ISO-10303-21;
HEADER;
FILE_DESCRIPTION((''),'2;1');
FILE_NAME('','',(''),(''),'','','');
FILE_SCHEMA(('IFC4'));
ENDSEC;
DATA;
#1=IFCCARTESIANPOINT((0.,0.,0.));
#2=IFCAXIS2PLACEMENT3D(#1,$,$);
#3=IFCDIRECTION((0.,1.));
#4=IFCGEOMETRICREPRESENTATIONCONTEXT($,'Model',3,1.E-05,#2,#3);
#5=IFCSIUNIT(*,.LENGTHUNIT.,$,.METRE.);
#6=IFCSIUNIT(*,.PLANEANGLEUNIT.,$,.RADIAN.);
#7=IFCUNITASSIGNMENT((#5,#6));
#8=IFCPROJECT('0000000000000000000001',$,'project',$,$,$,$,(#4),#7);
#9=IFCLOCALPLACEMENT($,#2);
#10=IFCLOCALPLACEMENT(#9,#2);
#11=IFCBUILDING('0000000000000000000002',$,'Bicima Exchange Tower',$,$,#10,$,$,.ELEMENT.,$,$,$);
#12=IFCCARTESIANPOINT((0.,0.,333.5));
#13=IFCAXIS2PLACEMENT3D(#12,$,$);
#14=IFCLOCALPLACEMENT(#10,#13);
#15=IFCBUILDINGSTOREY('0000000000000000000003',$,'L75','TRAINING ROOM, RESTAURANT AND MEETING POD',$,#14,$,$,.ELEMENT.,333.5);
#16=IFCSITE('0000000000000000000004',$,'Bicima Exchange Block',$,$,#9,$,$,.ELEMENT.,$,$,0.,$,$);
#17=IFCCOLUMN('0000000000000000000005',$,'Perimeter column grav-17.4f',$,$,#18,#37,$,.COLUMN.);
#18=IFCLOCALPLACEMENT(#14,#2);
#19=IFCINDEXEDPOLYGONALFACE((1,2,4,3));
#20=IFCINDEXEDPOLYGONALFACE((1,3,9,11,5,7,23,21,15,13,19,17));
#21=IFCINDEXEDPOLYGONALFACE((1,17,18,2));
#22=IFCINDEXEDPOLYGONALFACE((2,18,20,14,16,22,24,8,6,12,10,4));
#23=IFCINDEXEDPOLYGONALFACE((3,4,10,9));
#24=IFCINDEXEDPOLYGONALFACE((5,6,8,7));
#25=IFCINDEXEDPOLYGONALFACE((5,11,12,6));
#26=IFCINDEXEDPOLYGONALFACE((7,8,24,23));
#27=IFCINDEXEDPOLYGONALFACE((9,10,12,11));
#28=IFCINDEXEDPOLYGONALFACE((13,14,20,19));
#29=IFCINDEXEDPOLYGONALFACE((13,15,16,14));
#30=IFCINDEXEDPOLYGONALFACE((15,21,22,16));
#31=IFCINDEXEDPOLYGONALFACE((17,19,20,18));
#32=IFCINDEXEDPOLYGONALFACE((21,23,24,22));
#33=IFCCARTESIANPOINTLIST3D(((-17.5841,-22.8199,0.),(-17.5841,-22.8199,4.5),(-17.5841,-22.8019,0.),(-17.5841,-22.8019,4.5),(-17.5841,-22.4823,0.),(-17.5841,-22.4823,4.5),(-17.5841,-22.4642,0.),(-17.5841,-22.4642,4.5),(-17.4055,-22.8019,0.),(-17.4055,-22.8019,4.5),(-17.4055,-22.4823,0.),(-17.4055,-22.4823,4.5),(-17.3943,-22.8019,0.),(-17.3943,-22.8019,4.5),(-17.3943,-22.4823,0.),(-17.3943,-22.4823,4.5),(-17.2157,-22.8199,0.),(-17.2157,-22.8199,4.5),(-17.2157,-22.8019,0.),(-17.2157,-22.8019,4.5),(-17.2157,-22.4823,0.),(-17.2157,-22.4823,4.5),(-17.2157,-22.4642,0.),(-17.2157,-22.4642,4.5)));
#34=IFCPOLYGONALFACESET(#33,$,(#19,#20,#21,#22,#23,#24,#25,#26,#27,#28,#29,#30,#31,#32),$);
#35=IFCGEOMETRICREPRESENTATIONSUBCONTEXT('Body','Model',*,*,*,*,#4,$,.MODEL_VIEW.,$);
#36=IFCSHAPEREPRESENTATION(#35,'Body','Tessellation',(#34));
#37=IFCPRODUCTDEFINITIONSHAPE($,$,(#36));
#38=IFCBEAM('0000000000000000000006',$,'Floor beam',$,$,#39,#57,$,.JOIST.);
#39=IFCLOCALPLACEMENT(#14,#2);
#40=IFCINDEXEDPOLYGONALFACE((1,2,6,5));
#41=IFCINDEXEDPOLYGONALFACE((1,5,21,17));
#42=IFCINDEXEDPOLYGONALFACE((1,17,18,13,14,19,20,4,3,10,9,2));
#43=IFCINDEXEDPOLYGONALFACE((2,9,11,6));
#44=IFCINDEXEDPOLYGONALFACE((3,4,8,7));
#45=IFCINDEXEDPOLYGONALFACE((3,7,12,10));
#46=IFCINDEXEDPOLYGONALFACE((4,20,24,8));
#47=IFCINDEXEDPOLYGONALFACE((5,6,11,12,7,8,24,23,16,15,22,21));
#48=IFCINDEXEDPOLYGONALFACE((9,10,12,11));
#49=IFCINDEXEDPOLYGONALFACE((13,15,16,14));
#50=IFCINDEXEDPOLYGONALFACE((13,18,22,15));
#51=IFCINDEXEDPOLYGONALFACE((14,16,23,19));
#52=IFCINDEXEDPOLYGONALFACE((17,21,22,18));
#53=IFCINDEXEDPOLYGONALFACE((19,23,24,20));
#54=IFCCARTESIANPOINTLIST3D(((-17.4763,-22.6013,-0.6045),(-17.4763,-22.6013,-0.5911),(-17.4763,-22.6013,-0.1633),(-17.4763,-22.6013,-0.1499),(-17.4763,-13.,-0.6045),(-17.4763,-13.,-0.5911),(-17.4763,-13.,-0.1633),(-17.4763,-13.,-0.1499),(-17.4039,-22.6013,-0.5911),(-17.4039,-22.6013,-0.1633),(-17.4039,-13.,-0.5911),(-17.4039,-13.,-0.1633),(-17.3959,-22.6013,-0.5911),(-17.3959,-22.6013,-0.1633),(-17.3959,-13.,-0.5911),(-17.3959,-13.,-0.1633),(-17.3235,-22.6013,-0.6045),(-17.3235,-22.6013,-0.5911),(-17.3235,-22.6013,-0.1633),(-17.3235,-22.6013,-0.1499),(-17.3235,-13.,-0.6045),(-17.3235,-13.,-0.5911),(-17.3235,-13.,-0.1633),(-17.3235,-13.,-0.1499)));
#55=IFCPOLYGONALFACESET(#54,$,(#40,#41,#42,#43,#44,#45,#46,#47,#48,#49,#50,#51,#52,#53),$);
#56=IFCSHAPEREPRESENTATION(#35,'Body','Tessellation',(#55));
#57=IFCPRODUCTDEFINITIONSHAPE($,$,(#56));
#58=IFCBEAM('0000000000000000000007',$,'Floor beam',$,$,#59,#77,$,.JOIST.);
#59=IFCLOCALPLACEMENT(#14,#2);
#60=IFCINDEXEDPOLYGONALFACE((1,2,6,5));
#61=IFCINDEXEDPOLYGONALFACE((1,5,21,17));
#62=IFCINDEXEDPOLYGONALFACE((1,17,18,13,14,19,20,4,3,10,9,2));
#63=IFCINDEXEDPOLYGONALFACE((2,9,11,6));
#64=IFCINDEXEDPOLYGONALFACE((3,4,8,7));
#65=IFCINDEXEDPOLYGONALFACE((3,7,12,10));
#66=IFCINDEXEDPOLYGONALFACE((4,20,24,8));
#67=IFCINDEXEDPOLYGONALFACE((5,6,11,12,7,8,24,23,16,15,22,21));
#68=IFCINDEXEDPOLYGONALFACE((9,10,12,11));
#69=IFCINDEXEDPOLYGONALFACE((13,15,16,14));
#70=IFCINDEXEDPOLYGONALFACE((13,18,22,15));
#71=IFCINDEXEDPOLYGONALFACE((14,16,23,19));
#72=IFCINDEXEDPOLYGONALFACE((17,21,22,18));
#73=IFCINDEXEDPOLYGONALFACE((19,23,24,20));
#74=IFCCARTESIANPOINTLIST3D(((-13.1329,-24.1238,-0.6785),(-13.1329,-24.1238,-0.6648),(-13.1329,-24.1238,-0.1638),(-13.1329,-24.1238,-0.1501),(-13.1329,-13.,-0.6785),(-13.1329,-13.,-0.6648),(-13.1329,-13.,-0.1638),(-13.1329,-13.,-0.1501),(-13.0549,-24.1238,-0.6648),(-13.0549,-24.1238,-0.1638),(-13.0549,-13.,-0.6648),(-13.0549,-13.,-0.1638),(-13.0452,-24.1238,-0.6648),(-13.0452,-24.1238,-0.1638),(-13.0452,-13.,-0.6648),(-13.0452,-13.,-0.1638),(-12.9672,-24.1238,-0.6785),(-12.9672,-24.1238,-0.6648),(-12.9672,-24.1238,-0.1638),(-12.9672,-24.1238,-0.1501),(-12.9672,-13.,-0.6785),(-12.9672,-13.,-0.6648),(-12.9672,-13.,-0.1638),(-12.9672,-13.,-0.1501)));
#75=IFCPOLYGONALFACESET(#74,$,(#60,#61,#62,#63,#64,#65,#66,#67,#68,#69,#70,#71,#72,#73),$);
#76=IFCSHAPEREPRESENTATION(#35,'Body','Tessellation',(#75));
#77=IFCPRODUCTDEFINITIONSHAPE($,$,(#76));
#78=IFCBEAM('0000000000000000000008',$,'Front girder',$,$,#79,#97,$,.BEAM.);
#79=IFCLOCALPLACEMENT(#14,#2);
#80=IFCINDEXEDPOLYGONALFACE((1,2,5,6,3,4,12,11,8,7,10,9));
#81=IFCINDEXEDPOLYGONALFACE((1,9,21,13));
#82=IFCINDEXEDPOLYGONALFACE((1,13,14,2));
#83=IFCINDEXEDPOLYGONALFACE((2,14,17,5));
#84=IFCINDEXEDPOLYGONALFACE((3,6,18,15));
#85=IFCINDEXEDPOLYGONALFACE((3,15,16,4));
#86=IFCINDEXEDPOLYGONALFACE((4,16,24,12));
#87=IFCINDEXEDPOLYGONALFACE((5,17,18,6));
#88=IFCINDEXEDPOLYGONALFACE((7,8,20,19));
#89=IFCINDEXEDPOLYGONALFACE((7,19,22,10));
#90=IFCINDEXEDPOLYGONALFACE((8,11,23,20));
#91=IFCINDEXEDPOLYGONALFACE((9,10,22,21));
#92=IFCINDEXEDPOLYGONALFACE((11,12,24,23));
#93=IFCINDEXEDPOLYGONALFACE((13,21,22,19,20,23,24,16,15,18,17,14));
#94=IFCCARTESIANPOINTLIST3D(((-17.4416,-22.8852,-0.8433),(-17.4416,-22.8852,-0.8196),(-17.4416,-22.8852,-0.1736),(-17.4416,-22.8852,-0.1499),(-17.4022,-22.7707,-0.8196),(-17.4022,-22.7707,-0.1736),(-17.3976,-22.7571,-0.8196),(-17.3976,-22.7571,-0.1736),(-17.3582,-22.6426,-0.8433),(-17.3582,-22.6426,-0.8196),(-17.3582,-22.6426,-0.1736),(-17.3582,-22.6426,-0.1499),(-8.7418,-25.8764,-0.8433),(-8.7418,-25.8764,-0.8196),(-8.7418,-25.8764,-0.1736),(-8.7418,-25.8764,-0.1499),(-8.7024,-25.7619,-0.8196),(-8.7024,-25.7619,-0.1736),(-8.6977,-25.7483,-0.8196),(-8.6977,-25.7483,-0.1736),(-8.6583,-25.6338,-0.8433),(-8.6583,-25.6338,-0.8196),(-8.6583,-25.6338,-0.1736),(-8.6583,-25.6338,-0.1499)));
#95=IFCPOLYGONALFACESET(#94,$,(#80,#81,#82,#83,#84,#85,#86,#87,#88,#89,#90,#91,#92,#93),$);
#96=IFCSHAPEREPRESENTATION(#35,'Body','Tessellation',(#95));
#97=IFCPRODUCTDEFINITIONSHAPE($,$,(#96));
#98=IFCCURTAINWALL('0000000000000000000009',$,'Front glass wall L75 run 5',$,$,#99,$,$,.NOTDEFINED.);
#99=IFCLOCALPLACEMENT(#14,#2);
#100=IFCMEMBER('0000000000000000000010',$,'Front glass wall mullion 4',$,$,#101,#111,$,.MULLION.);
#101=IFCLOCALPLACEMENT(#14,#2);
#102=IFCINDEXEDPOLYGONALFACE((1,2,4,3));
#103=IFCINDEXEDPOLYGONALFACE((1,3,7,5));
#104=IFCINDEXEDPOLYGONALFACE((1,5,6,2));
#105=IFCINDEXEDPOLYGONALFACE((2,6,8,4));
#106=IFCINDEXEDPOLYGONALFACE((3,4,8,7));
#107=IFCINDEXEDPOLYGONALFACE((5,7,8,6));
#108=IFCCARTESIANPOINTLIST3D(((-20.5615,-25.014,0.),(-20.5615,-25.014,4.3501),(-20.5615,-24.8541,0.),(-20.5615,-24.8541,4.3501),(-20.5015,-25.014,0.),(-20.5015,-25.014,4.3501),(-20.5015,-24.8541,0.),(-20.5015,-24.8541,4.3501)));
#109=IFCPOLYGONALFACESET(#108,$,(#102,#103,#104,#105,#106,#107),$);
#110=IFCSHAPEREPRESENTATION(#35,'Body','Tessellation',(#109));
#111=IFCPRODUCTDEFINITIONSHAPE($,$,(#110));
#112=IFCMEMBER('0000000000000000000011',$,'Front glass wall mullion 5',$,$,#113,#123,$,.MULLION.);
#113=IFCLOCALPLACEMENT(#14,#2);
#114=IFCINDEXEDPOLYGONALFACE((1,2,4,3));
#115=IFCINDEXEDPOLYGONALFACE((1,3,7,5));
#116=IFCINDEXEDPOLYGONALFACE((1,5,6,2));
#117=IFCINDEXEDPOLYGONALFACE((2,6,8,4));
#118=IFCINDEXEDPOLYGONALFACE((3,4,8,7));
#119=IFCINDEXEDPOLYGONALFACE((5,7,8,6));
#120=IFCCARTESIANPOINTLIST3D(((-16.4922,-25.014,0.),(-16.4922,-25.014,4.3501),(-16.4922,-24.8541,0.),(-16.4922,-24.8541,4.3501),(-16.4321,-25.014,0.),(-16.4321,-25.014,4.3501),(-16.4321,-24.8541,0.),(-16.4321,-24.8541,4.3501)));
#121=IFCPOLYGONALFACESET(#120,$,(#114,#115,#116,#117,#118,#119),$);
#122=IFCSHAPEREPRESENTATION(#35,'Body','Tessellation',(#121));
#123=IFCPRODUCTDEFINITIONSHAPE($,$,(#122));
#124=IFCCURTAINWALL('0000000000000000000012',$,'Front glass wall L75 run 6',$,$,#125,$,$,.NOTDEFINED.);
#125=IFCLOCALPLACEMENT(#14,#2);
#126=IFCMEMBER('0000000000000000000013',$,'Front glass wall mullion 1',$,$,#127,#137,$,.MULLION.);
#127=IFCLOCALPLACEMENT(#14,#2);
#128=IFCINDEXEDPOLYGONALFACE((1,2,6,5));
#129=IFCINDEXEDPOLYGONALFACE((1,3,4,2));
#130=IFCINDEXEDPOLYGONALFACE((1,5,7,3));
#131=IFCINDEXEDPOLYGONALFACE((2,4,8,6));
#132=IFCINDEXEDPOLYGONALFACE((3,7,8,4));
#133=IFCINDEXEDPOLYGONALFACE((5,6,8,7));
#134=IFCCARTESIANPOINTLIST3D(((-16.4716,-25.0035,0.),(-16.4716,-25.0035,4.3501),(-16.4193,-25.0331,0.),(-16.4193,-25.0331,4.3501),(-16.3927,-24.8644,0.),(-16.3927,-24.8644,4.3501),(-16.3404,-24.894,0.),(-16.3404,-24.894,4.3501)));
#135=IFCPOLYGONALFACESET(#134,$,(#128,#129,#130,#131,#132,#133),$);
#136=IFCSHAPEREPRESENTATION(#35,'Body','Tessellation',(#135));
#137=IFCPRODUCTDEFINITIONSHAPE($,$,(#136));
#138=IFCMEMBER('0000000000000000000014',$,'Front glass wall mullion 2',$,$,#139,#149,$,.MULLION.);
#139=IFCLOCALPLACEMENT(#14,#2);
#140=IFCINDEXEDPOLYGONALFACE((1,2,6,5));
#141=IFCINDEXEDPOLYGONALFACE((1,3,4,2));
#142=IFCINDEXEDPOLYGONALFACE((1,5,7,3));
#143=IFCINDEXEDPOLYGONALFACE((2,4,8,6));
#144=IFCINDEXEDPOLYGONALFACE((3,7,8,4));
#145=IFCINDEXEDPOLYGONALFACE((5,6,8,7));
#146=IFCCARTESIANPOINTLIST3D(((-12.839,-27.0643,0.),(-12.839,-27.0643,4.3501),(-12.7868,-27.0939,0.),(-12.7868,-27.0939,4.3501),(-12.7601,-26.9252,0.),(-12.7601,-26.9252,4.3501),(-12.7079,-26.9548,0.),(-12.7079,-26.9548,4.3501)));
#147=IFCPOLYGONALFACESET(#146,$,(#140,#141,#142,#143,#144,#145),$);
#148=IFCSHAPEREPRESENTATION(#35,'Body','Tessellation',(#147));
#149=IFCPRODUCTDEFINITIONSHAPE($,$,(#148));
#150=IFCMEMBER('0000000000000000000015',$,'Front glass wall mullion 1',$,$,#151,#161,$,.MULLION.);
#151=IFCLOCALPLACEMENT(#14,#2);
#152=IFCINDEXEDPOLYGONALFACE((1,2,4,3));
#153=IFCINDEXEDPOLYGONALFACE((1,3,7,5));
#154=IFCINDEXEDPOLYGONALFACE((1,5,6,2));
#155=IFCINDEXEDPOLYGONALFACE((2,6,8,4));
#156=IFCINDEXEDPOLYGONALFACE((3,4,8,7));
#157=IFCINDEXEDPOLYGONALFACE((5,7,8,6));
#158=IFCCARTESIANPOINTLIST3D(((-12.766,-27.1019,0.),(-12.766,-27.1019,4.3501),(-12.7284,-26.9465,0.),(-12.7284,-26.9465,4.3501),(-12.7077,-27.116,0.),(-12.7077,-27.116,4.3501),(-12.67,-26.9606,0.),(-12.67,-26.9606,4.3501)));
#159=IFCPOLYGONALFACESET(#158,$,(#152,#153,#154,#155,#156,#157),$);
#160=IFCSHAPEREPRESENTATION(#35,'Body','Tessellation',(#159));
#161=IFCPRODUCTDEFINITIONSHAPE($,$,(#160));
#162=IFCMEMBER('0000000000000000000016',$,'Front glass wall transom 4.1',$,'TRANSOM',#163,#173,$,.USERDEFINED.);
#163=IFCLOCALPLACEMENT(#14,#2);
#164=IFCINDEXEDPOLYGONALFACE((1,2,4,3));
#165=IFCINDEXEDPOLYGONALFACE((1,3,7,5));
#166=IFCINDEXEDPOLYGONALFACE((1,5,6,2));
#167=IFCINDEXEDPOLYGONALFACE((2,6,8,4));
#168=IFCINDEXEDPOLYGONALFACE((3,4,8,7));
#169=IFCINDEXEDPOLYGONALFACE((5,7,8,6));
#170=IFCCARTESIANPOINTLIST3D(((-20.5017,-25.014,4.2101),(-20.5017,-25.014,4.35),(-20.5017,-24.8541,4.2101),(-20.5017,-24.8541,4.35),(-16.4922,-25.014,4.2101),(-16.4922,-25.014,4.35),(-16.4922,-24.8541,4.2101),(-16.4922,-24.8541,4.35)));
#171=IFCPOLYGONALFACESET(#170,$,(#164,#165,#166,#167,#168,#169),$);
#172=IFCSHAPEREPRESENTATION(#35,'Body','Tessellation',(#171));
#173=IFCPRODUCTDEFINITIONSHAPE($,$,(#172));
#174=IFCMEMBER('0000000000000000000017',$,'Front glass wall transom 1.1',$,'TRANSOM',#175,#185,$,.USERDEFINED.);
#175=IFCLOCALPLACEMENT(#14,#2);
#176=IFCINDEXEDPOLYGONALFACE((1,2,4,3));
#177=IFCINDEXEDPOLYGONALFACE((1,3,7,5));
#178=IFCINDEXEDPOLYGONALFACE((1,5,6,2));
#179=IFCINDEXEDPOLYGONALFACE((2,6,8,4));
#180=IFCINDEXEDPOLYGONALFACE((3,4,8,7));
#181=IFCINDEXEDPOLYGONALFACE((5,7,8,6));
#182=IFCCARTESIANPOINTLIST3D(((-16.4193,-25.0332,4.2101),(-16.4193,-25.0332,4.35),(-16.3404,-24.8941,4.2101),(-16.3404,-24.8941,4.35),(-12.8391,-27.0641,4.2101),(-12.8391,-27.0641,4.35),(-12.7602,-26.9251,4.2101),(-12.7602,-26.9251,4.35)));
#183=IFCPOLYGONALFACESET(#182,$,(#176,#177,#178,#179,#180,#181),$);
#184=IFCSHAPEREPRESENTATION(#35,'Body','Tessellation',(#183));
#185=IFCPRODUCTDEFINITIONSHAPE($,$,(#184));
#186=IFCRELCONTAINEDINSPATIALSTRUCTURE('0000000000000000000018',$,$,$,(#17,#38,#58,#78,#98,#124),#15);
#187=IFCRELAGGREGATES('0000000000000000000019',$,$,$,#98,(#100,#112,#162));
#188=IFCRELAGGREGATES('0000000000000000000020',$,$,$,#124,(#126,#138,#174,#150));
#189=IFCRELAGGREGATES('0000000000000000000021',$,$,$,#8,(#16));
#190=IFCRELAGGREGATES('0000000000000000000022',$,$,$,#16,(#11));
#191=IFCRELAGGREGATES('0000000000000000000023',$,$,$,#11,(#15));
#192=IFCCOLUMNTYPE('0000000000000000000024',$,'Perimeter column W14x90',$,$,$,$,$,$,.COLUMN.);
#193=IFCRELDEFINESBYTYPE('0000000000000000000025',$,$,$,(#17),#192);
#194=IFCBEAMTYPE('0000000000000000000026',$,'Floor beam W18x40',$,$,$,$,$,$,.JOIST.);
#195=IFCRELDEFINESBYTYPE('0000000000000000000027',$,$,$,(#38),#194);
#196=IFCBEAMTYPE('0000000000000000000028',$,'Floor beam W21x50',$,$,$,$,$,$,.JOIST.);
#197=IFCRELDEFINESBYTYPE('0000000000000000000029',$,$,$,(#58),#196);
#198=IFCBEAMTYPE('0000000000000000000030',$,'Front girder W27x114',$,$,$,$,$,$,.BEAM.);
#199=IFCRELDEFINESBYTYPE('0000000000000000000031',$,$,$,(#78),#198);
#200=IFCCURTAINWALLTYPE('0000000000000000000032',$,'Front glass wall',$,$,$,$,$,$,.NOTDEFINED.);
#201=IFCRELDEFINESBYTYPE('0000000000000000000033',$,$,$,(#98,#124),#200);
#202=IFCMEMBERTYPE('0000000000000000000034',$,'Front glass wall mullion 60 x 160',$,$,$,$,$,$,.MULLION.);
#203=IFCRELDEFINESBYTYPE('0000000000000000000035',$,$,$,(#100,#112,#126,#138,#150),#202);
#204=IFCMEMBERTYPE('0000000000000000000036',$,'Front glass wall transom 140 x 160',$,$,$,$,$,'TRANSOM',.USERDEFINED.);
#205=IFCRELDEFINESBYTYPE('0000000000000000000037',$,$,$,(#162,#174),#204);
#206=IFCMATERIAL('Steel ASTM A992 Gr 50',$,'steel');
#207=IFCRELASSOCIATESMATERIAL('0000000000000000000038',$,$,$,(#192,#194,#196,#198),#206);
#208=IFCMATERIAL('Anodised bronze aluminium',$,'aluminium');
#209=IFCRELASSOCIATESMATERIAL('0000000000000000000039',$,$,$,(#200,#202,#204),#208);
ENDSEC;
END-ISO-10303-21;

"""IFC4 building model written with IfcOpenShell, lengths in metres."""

from ifc_helpers import new_model, si_unit, direction, frame, origin, origin_2d, place, context, subcontext, project, spatial, rectangle, i_section, extrude, material, material_profile, profile_set, type_object, element, aggregate, save


model = new_model("IFC4")

# Units and contexts
model_context = context("Model", 3, precision=1e-05, world=origin(), true_north=direction((0.0, 1.0)))
body_context = subcontext(model_context, "Body", "Model", "MODEL_VIEW")
ifc_project = project(units=[si_unit("LENGTHUNIT", "METRE"), si_unit("PLANEANGLEUNIT", "RADIAN")], contexts=[model_context])

# Site, building, storey
site_placement = place(None, origin())
site = spatial("IfcSite", under=ifc_project, at=site_placement, Name="Bicima Exchange Block", CompositionType="ELEMENT", RefElevation=0.0)
building_placement = place(site_placement, origin())
building = spatial("IfcBuilding", under=site, at=building_placement, Name="Bicima Exchange Tower", CompositionType="ELEMENT")
storey_placement = place(building_placement, frame((0.0, 0.0, 333.5)))
storey = spatial("IfcBuildingStorey", under=building, at=storey_placement, Name="L75", Description="TRAINING ROOM, RESTAURANT AND MEETING POD", CompositionType="ELEMENT", Elevation=333.5)

# Column
ifc_material_1 = material(Name="Steel ASTM A992 Gr 50", Category="steel")
ifc_material_profile_1 = material_profile(ifc_material_1, i_section(OverallWidth=0.3684, OverallDepth=0.3557, WebThickness=0.0112, FlangeThickness=0.0181, at=origin_2d()))
ifc_profile_set_1 = profile_set([ifc_material_profile_1], Name="Steel ASTM A992 Gr 50")
column_type = type_object("IfcColumnType", Name="Perimeter column W14x90", PredefinedType="COLUMN", material=ifc_profile_set_1)
column_placement = place(storey_placement, frame((-17.3999, -22.6421, 0.0), z_axis=(0.0, 0.0, 1.0), x_axis=(1.0, 0.0, 0.0)))
element("IfcColumn", 1, at=column_placement, inside=storey, type_object=column_type, Name="Perimeter column grav-17.4f", PredefinedType="COLUMN", context=body_context, shape_type="SweptSolid", body=[
    extrude(i_section(OverallWidth=0.3684, OverallDepth=0.3557, WebThickness=0.0112, FlangeThickness=0.0181, at=origin_2d()), origin(), (0.0, 0.0, 1.0), 4.5),
])

# Beams
ifc_material_profile_2 = material_profile(ifc_material_1, i_section(OverallWidth=0.1528, OverallDepth=0.4546, WebThickness=0.0081, FlangeThickness=0.0134, at=origin_2d()))
ifc_profile_set_2 = profile_set([ifc_material_profile_2], Name="Steel ASTM A992 Gr 50")
beam_type_1 = type_object("IfcBeamType", Name="Floor beam W18x40", PredefinedType="JOIST", material=ifc_profile_set_2)
beam_1_placement = place(storey_placement, frame((-17.3999, -13.0, -0.3772), z_axis=(0.0, -1.0, 0.0), x_axis=(1.0, 0.0, 0.0)))
element("IfcBeam", 2, at=beam_1_placement, inside=storey, type_object=beam_type_1, Name="Floor beam", PredefinedType="JOIST", context=body_context, shape_type="SweptSolid", body=[
    extrude(i_section(OverallWidth=0.1528, OverallDepth=0.4546, WebThickness=0.0081, FlangeThickness=0.0134, at=origin_2d()), origin(), (0.0, 0.0, 1.0), 9.6013),
])
ifc_material_profile_3 = material_profile(ifc_material_1, i_section(OverallWidth=0.1658, OverallDepth=0.5283, WebThickness=0.0098, FlangeThickness=0.0137, at=origin_2d()))
ifc_profile_set_3 = profile_set([ifc_material_profile_3], Name="Steel ASTM A992 Gr 50")
beam_type_2 = type_object("IfcBeamType", Name="Floor beam W21x50", PredefinedType="JOIST", material=ifc_profile_set_3)
beam_2_placement = place(storey_placement, frame((-13.05, -13.0, -0.4143), z_axis=(0.0, -1.0, 0.0), x_axis=(1.0, 0.0, 0.0)))
element("IfcBeam", 3, at=beam_2_placement, inside=storey, type_object=beam_type_2, Name="Floor beam", PredefinedType="JOIST", context=body_context, shape_type="SweptSolid", body=[
    extrude(i_section(OverallWidth=0.1658, OverallDepth=0.5283, WebThickness=0.0098, FlangeThickness=0.0137, at=origin_2d()), origin(), (0.0, 0.0, 1.0), 11.1238),
])
ifc_material_profile_4 = material_profile(ifc_material_1, i_section(OverallWidth=0.2566, OverallDepth=0.6934, WebThickness=0.0144, FlangeThickness=0.0237, at=origin_2d()))
ifc_profile_set_4 = profile_set([ifc_material_profile_4], Name="Steel ASTM A992 Gr 50")
beam_type_3 = type_object("IfcBeamType", Name="Front girder W27x114", PredefinedType="BEAM", material=ifc_profile_set_4)
beam_3_placement = place(storey_placement, frame((-17.3999, -22.7639, -0.4966), z_axis=(0.945666, -0.325138, 0.0), x_axis=(0.325138, 0.945666, 0.0)))
element("IfcBeam", 4, at=beam_3_placement, inside=storey, type_object=beam_type_3, Name="Front girder", PredefinedType="BEAM", context=body_context, shape_type="SweptSolid", body=[
    extrude(i_section(OverallWidth=0.2566, OverallDepth=0.6934, WebThickness=0.0144, FlangeThickness=0.0237, at=origin_2d()), origin(), (0.0, 0.0, 1.0), 9.1997),
])

# Curtain walls, members
ifc_material_2 = material(Name="Anodised bronze aluminium", Category="aluminium")
curtain_wall_type = type_object("IfcCurtainWallType", Name="Front glass wall", PredefinedType="NOTDEFINED", material=ifc_material_2)
curtain_wall_1_placement = place(storey_placement, origin())
curtain_wall_1 = element("IfcCurtainWall", 5, at=curtain_wall_1_placement, inside=storey, type_object=curtain_wall_type, Name="Front glass wall L75 run 5", PredefinedType="NOTDEFINED")
ifc_material_profile_5 = material_profile(ifc_material_2, rectangle(XDim=0.1599, YDim=0.0601, at=origin_2d()))
ifc_profile_set_5 = profile_set([ifc_material_profile_5], Name="Anodised bronze aluminium")
member_type_1 = type_object("IfcMemberType", Name="Front glass wall mullion 60 x 160", PredefinedType="MULLION", material=ifc_profile_set_5)
member_1_placement = place(storey_placement, frame((-20.5315, -24.9341, 0.0), z_axis=(0.0, 0.0, 1.0), x_axis=(0.0, 1.0, 0.0)))
member_1 = element("IfcMember", 6, at=member_1_placement, type_object=member_type_1, Name="Front glass wall mullion 4", PredefinedType="MULLION", context=body_context, shape_type="SweptSolid", body=[
    extrude(rectangle(XDim=0.1599, YDim=0.0601, at=origin_2d()), origin(), (0.0, 0.0, 1.0), 4.3501),
])
member_2_placement = place(storey_placement, frame((-16.4622, -24.9341, 0.0), z_axis=(0.0, 0.0, 1.0), x_axis=(0.0, 1.0, 0.0)))
member_2 = element("IfcMember", 7, at=member_2_placement, type_object=member_type_1, Name="Front glass wall mullion 5", PredefinedType="MULLION", context=body_context, shape_type="SweptSolid", body=[
    extrude(rectangle(XDim=0.1599, YDim=0.0601, at=origin_2d()), origin(), (0.0, 0.0, 1.0), 4.3501),
])
curtain_wall_2_placement = place(storey_placement, origin())
curtain_wall_2 = element("IfcCurtainWall", 8, at=curtain_wall_2_placement, inside=storey, type_object=curtain_wall_type, Name="Front glass wall L75 run 6", PredefinedType="NOTDEFINED")
member_3_placement = place(storey_placement, frame((-16.406, -24.9487, 0.0), z_axis=(0.0, 0.0, 1.0), x_axis=(0.493395, 0.869805, 0.0)))
member_3 = element("IfcMember", 9, at=member_3_placement, type_object=member_type_1, Name="Front glass wall mullion 1", PredefinedType="MULLION", context=body_context, shape_type="SweptSolid", body=[
    extrude(rectangle(XDim=0.1599, YDim=0.0601, at=origin_2d()), origin(), (0.0, 0.0, 1.0), 4.3501),
])
member_4_placement = place(storey_placement, frame((-12.7734, -27.0095, 0.0), z_axis=(0.0, 0.0, 1.0), x_axis=(0.493395, 0.869805, 0.0)))
member_4 = element("IfcMember", 10, at=member_4_placement, type_object=member_type_1, Name="Front glass wall mullion 2", PredefinedType="MULLION", context=body_context, shape_type="SweptSolid", body=[
    extrude(rectangle(XDim=0.1599, YDim=0.0601, at=origin_2d()), origin(), (0.0, 0.0, 1.0), 4.3501),
])
member_5_placement = place(storey_placement, frame((-12.718, -27.0312, 0.0), z_axis=(0.0, 0.0, 1.0), x_axis=(0.235682, 0.97183, 0.0)))
member_5 = element("IfcMember", 11, at=member_5_placement, type_object=member_type_1, Name="Front glass wall mullion 1", PredefinedType="MULLION", context=body_context, shape_type="SweptSolid", body=[
    extrude(rectangle(XDim=0.1599, YDim=0.0601, at=origin_2d()), origin(), (0.0, 0.0, 1.0), 4.3501),
])

# Members
ifc_material_profile_6 = material_profile(ifc_material_2, rectangle(XDim=0.1599, YDim=0.1399, at=origin_2d()))
ifc_profile_set_6 = profile_set([ifc_material_profile_6], Name="Anodised bronze aluminium")
member_type_2 = type_object("IfcMemberType", Name="Front glass wall transom 140 x 160", ElementType="TRANSOM", PredefinedType="USERDEFINED", material=ifc_profile_set_6)
member_6_placement = place(storey_placement, frame((-20.5017, -24.9341, 4.28), z_axis=(1.0, 0.0, 0.0), x_axis=(0.0, 1.0, 0.0)))
member_6 = element("IfcMember", 12, at=member_6_placement, type_object=member_type_2, Name="Front glass wall transom 4.1", ObjectType="TRANSOM", PredefinedType="USERDEFINED", context=body_context, shape_type="SweptSolid", body=[
    extrude(rectangle(XDim=0.1599, YDim=0.1399, at=origin_2d()), origin(), (0.0, 0.0, 1.0), 4.0095),
])
member_7_placement = place(storey_placement, frame((-16.3799, -24.9636, 4.28), z_axis=(0.869797, -0.493409, 0.0), x_axis=(0.493409, 0.869797, 0.0)))
member_7 = element("IfcMember", 13, at=member_7_placement, type_object=member_type_2, Name="Front glass wall transom 1.1", ObjectType="TRANSOM", PredefinedType="USERDEFINED", context=body_context, shape_type="SweptSolid", body=[
    extrude(rectangle(XDim=0.1599, YDim=0.1399, at=origin_2d()), origin(), (0.0, 0.0, 1.0), 4.1162),
])

aggregate(curtain_wall_1, [member_1, member_2, member_6])
aggregate(curtain_wall_2, [member_3, member_4, member_7, member_5])

save(model, "model.ifc")
